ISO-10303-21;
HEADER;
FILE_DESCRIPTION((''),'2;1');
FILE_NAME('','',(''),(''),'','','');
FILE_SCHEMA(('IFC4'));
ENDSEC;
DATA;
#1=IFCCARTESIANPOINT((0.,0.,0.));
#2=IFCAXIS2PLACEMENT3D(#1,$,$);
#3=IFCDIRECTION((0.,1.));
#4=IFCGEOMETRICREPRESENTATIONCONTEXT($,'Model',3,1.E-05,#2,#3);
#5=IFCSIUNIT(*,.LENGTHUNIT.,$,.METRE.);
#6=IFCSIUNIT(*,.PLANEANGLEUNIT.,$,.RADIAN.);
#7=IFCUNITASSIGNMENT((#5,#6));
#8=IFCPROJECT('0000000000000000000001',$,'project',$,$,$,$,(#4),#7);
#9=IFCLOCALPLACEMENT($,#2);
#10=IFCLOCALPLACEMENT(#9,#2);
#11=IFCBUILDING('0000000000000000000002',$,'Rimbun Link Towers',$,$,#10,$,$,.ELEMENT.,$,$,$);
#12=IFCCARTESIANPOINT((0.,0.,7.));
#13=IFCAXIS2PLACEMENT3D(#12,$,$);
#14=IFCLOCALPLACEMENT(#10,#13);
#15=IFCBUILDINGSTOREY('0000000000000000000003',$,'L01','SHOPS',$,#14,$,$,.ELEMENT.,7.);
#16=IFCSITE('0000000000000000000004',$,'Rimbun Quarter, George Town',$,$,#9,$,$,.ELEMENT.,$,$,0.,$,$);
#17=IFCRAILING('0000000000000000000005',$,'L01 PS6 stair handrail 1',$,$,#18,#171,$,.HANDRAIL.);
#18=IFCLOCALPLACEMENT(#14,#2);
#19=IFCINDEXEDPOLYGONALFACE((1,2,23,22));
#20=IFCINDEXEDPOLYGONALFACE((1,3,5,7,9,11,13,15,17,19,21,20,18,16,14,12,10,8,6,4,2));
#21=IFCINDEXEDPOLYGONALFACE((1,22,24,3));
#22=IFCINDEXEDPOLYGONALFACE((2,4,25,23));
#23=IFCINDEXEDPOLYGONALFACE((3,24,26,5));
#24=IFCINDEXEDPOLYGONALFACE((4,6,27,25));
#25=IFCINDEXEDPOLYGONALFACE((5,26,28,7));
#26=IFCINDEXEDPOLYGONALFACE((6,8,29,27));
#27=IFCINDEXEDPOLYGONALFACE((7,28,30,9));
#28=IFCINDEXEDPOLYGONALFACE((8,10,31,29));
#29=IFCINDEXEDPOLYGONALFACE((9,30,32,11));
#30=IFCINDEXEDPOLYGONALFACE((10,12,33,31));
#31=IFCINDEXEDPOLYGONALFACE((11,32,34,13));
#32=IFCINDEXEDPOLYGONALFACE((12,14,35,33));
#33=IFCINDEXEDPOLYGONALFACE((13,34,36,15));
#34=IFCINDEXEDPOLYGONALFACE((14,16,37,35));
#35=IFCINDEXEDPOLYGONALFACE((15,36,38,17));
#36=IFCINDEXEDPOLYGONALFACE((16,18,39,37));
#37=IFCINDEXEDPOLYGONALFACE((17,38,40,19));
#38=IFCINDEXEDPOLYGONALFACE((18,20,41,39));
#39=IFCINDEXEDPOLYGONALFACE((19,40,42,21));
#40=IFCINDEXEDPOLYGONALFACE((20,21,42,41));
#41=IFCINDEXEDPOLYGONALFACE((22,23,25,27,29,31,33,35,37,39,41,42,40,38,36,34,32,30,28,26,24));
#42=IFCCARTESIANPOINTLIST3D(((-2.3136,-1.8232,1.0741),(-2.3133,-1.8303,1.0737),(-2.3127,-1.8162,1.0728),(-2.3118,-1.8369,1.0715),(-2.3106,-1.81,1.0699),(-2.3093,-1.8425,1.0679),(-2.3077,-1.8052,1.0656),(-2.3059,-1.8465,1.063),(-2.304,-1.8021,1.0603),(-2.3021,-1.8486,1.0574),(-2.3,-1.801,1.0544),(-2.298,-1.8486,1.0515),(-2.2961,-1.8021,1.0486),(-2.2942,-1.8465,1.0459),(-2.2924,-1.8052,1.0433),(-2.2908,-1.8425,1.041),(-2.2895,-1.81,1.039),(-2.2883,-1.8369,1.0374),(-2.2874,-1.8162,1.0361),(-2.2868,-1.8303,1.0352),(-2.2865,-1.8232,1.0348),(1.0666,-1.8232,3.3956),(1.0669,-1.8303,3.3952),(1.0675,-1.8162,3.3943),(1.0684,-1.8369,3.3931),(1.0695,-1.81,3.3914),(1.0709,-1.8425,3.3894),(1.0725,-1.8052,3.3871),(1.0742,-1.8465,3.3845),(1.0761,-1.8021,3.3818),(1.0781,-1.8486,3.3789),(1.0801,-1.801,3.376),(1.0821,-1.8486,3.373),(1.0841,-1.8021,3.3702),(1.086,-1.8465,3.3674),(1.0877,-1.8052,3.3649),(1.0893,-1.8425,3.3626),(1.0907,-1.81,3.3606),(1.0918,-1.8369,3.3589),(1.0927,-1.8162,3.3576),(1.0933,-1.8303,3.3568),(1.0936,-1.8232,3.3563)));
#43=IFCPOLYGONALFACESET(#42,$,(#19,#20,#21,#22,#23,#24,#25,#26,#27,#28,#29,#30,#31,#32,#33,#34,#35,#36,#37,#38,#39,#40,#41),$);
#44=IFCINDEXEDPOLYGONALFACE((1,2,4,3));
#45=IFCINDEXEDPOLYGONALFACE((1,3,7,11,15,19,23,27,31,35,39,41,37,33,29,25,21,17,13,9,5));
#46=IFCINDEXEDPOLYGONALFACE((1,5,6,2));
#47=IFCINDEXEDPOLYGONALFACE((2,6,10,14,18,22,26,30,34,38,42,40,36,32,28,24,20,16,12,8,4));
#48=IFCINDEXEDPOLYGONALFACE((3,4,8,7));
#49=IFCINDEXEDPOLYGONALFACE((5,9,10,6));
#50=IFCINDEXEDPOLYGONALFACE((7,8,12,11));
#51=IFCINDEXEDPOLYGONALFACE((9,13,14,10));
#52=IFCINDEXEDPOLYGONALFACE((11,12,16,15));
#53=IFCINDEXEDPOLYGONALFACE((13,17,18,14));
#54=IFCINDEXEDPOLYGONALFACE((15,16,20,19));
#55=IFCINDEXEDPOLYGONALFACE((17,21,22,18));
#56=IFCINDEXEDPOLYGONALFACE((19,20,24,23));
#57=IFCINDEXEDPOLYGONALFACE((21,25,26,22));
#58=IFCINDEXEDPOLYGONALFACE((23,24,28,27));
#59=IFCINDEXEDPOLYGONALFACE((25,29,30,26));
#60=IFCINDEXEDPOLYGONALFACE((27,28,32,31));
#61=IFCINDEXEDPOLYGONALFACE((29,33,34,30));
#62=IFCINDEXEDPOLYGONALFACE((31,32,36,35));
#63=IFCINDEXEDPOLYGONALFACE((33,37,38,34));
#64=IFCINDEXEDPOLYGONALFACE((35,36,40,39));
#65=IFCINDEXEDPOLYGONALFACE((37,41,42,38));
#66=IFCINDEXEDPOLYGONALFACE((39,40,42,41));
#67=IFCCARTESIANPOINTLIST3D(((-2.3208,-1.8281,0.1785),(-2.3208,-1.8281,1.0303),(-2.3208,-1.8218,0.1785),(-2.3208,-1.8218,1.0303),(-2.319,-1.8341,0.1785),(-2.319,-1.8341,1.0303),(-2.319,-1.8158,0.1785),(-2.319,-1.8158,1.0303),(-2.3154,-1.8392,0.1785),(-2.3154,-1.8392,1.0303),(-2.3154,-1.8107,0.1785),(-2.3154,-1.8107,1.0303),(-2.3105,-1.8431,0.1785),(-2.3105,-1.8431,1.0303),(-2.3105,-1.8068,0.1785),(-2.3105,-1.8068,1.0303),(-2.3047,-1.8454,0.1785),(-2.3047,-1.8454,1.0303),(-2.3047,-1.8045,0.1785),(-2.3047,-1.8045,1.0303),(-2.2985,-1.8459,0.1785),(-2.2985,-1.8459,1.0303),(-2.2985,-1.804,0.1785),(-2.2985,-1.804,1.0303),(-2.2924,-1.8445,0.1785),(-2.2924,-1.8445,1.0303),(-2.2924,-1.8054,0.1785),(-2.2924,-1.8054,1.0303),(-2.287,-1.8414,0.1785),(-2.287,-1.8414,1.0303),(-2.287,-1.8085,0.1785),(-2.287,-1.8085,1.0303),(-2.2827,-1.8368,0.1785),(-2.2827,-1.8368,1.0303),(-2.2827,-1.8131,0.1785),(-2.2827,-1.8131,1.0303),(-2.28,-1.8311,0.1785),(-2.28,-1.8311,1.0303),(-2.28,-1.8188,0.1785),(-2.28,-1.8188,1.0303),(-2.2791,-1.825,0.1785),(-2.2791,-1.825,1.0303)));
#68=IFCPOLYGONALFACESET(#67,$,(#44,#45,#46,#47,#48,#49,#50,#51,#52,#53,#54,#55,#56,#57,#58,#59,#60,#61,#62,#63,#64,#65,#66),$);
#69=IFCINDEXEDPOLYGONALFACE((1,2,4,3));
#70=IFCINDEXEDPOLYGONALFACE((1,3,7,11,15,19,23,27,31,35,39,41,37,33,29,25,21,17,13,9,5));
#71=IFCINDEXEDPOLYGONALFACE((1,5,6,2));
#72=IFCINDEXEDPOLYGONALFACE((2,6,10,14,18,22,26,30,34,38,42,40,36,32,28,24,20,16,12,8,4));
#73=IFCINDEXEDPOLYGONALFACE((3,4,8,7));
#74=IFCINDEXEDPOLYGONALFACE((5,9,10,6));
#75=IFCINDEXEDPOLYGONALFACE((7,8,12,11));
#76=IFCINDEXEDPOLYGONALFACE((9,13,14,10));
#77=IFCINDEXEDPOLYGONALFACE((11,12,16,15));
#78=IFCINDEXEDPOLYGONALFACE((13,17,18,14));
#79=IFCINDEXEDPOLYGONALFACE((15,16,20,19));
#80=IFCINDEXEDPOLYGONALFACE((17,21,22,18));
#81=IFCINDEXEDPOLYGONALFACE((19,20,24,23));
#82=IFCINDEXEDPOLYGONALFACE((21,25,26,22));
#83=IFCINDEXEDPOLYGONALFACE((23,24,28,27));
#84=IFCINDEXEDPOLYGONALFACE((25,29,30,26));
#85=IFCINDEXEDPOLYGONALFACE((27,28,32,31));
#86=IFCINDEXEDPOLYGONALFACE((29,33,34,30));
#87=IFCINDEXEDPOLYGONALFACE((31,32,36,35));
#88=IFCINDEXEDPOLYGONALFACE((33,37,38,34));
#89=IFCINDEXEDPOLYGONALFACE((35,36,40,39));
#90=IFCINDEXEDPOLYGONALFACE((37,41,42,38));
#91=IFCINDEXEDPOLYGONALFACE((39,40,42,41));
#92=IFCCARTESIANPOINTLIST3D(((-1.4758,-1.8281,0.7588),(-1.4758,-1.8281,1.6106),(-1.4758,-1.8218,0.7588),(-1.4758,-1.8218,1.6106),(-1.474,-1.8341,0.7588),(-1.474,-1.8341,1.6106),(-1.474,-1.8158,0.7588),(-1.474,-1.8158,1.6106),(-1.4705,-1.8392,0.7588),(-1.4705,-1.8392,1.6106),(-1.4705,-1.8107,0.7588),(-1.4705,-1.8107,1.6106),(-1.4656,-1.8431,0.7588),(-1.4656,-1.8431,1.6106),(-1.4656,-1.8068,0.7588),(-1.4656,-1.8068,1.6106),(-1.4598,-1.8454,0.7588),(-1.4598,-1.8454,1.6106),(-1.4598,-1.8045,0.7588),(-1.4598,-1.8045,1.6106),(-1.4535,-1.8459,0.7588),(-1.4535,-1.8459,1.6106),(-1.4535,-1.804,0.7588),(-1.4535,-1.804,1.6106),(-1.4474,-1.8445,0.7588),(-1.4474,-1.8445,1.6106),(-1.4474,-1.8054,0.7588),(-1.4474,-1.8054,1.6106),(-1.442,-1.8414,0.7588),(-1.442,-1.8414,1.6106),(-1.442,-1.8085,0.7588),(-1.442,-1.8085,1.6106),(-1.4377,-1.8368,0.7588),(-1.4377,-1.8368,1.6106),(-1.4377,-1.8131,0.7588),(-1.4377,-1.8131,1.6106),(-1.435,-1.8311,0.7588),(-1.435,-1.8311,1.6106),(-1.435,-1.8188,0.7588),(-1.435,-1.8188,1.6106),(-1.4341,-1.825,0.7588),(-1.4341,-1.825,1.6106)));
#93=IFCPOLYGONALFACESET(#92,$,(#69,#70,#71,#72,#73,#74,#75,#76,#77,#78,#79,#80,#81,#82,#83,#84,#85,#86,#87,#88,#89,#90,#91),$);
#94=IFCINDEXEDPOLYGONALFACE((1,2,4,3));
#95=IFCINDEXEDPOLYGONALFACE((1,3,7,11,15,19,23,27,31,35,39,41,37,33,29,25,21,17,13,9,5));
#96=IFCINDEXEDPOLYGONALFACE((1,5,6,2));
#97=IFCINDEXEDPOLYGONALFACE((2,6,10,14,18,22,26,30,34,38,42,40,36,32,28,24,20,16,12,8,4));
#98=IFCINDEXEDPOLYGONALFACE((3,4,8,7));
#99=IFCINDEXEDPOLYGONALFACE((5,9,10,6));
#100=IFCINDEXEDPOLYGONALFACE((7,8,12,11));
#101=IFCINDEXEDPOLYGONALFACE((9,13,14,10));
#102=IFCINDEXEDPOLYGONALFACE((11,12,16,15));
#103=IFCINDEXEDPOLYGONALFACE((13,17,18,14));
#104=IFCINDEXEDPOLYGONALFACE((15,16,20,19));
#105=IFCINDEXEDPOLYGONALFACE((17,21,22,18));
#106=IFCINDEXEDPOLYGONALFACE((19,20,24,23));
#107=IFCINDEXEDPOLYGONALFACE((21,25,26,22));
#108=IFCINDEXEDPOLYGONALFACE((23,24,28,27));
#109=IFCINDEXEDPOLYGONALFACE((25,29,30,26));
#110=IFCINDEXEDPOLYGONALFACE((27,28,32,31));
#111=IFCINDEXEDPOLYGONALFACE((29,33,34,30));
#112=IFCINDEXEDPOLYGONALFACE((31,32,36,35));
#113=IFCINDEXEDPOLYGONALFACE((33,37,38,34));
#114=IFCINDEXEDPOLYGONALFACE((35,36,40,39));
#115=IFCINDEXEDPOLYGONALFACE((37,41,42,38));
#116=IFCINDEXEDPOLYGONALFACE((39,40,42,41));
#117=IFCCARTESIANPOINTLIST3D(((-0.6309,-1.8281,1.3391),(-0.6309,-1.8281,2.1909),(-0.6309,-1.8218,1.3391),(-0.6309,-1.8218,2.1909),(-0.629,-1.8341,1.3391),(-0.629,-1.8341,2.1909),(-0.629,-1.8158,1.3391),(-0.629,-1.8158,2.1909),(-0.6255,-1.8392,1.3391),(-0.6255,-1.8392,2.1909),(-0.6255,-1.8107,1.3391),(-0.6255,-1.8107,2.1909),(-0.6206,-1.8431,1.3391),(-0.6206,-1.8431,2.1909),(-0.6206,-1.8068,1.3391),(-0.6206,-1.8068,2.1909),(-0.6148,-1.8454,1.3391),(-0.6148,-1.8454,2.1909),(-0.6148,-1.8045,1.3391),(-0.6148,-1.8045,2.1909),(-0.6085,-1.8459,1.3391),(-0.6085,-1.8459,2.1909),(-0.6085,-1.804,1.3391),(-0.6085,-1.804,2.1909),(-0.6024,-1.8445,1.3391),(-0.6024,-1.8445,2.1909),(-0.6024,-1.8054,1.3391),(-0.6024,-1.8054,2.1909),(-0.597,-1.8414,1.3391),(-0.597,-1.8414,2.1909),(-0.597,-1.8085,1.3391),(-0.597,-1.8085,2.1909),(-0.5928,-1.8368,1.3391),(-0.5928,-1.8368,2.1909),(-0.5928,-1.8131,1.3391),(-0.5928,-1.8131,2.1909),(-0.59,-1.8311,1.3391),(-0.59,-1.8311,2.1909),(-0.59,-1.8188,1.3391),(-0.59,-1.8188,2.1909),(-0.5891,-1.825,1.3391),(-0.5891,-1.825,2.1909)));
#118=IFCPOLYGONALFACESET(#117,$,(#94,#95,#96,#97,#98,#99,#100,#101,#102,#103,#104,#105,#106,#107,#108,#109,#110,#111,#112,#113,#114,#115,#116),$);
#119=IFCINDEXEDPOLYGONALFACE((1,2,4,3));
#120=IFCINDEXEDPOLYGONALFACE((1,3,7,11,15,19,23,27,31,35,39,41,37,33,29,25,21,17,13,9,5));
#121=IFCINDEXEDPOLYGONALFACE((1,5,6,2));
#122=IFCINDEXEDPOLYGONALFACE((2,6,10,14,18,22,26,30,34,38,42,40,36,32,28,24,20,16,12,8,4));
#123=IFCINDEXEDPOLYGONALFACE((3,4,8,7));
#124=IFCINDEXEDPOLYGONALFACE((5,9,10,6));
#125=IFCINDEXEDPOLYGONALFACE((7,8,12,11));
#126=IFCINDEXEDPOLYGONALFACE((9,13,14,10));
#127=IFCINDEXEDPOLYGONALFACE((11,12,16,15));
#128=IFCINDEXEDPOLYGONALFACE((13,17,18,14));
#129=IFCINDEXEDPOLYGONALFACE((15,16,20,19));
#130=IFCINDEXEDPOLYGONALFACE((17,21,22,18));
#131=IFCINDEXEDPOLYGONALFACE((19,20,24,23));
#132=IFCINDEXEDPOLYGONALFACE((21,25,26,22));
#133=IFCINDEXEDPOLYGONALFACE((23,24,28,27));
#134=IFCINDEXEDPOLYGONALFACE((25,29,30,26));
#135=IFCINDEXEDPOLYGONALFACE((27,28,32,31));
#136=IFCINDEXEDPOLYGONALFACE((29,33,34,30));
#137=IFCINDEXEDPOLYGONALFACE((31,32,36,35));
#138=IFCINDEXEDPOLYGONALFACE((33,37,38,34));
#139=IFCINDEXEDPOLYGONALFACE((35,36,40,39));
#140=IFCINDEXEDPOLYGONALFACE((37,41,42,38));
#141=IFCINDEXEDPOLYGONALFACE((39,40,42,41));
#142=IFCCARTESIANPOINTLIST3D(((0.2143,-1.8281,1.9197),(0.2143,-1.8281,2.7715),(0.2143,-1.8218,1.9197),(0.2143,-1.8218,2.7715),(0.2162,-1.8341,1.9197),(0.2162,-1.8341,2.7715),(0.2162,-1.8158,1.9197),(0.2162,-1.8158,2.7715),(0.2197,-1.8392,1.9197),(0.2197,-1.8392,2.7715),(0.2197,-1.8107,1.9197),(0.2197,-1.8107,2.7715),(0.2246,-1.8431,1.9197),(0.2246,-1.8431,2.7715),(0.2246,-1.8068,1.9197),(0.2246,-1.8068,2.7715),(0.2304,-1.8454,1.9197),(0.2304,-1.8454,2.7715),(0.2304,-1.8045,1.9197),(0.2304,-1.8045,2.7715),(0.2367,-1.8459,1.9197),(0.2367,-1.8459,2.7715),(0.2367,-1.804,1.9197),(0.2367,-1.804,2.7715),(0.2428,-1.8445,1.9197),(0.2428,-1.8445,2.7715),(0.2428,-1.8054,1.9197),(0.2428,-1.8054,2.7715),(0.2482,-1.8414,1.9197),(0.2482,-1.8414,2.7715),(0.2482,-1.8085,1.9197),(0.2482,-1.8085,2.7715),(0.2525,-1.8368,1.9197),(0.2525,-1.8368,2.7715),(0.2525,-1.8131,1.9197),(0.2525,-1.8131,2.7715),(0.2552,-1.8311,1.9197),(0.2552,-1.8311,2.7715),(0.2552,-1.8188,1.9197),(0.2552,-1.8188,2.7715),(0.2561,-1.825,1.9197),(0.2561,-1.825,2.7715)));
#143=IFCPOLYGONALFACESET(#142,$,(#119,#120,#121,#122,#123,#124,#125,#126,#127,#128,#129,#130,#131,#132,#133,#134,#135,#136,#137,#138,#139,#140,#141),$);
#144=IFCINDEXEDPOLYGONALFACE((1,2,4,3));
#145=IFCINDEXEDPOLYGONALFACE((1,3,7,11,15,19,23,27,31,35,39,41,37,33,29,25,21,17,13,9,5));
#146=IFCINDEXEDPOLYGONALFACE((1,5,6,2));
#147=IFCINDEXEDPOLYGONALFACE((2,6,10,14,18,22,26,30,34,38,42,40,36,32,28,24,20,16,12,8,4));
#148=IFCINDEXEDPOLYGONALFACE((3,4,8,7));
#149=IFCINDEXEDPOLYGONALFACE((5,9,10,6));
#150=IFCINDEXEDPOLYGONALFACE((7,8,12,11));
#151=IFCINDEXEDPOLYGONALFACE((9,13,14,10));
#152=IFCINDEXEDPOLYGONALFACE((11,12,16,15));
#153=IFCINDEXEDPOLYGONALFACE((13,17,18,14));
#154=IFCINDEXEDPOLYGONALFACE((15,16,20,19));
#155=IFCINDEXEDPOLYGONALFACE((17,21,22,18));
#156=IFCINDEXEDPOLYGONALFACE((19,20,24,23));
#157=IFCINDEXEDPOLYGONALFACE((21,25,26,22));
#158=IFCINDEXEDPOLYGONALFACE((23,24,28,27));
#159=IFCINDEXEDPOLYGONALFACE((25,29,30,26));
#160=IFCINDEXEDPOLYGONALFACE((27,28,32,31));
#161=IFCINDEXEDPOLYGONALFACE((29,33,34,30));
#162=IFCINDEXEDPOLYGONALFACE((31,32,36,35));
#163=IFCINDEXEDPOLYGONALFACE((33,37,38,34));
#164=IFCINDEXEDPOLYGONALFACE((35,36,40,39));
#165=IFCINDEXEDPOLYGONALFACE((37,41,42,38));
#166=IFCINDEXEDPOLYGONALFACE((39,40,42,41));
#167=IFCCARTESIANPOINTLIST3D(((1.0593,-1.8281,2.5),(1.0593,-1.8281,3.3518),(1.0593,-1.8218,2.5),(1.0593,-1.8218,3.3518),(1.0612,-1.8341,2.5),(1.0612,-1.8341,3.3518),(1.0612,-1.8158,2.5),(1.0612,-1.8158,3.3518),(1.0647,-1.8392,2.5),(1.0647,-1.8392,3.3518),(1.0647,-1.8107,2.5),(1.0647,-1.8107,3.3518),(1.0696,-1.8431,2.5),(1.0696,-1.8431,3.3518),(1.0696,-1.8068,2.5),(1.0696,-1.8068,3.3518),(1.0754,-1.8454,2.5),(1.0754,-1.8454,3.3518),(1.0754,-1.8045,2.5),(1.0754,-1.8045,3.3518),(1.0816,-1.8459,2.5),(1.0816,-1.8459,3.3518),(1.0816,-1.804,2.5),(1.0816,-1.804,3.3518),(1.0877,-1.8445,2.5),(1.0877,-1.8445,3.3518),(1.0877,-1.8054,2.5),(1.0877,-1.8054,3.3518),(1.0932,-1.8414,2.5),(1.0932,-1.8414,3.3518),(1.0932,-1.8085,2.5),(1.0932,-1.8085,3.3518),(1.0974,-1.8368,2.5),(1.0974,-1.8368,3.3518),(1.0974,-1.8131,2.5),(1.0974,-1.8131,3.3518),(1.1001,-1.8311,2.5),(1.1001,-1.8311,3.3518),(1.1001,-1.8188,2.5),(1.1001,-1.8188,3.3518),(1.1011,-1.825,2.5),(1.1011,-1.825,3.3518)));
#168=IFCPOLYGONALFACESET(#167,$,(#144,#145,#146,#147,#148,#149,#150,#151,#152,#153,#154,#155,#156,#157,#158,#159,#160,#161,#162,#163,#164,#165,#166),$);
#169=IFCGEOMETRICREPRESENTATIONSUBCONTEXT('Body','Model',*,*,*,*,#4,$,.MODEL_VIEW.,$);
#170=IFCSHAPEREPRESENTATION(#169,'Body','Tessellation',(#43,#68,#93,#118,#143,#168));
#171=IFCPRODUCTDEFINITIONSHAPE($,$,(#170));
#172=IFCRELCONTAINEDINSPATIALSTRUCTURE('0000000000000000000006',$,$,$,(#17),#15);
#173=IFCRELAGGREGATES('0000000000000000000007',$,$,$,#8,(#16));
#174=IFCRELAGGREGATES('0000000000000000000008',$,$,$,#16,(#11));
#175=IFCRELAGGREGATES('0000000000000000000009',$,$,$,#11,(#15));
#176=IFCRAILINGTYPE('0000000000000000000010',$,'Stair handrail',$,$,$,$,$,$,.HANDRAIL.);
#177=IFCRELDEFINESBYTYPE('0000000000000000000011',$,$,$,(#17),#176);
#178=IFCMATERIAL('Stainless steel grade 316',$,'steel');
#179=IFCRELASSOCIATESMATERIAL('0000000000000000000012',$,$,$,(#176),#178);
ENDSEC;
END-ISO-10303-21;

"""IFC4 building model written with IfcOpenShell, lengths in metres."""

from ifc_helpers import new_model, si_unit, direction, frame, origin, origin_2d, place, context, subcontext, project, spatial, circle, extrude, material, type_object, element, save


model = new_model("IFC4")

# Units and contexts
model_context = context("Model", 3, precision=1e-05, world=origin(), true_north=direction((0.0, 1.0)))
body_context = subcontext(model_context, "Body", "Model", "MODEL_VIEW")
ifc_project = project(units=[si_unit("LENGTHUNIT", "METRE"), si_unit("PLANEANGLEUNIT", "RADIAN")], contexts=[model_context])

# Site, building, storey
site_placement = place(None, origin())
site = spatial("IfcSite", under=ifc_project, at=site_placement, Name="Rimbun Quarter, George Town", CompositionType="ELEMENT", RefElevation=0.0)
building_placement = place(site_placement, origin())
building = spatial("IfcBuilding", under=site, at=building_placement, Name="Rimbun Link Towers", CompositionType="ELEMENT")
storey_placement = place(building_placement, frame((0.0, 0.0, 7.0)))
storey = spatial("IfcBuildingStorey", under=building, at=storey_placement, Name="L01", Description="SHOPS", CompositionType="ELEMENT", Elevation=7.0)

# Railing
ifc_material_1 = material(Name="Stainless steel grade 316", Category="steel")
railing_type_1 = type_object("IfcRailingType", Name="Stair handrail", PredefinedType="HANDRAIL", material=ifc_material_1)
railing_1_placement = place(storey_placement, frame((-2.3, -1.825, 0.1785)))
element("IfcRailing", 1, at=railing_1_placement, inside=storey, type_object=railing_type_1, Name="L01 PS6 stair handrail 1", PredefinedType="HANDRAIL", context=body_context, shape_type="SweptSolid", body=[
    extrude(circle(Radius=0.0239, at=origin_2d()), frame((0.0, 0.0, 0.876), z_axis=(0.824304, 0.0, 0.566147), x_axis=(0.0, 1.0, 0.0)), (0.0, 0.0, 1.0), 4.1006),
    extrude(circle(Radius=0.021, at=origin_2d()), origin(), (0.0, 0.0, 1.0), 0.8518),
    extrude(circle(Radius=0.021, at=origin_2d()), frame((0.845, 0.0, 0.5803)), (0.0, 0.0, 1.0), 0.8518),
    extrude(circle(Radius=0.021, at=origin_2d()), frame((1.6899, 0.0, 1.1606)), (0.0, 0.0, 1.0), 0.8518),
    extrude(circle(Radius=0.021, at=origin_2d()), frame((2.5352, 0.0, 1.7412)), (0.0, 0.0, 1.0), 0.8518),
    extrude(circle(Radius=0.021, at=origin_2d()), frame((3.3801, 0.0, 2.3215)), (0.0, 0.0, 1.0), 0.8518),
])

save(model, "model.ifc")
